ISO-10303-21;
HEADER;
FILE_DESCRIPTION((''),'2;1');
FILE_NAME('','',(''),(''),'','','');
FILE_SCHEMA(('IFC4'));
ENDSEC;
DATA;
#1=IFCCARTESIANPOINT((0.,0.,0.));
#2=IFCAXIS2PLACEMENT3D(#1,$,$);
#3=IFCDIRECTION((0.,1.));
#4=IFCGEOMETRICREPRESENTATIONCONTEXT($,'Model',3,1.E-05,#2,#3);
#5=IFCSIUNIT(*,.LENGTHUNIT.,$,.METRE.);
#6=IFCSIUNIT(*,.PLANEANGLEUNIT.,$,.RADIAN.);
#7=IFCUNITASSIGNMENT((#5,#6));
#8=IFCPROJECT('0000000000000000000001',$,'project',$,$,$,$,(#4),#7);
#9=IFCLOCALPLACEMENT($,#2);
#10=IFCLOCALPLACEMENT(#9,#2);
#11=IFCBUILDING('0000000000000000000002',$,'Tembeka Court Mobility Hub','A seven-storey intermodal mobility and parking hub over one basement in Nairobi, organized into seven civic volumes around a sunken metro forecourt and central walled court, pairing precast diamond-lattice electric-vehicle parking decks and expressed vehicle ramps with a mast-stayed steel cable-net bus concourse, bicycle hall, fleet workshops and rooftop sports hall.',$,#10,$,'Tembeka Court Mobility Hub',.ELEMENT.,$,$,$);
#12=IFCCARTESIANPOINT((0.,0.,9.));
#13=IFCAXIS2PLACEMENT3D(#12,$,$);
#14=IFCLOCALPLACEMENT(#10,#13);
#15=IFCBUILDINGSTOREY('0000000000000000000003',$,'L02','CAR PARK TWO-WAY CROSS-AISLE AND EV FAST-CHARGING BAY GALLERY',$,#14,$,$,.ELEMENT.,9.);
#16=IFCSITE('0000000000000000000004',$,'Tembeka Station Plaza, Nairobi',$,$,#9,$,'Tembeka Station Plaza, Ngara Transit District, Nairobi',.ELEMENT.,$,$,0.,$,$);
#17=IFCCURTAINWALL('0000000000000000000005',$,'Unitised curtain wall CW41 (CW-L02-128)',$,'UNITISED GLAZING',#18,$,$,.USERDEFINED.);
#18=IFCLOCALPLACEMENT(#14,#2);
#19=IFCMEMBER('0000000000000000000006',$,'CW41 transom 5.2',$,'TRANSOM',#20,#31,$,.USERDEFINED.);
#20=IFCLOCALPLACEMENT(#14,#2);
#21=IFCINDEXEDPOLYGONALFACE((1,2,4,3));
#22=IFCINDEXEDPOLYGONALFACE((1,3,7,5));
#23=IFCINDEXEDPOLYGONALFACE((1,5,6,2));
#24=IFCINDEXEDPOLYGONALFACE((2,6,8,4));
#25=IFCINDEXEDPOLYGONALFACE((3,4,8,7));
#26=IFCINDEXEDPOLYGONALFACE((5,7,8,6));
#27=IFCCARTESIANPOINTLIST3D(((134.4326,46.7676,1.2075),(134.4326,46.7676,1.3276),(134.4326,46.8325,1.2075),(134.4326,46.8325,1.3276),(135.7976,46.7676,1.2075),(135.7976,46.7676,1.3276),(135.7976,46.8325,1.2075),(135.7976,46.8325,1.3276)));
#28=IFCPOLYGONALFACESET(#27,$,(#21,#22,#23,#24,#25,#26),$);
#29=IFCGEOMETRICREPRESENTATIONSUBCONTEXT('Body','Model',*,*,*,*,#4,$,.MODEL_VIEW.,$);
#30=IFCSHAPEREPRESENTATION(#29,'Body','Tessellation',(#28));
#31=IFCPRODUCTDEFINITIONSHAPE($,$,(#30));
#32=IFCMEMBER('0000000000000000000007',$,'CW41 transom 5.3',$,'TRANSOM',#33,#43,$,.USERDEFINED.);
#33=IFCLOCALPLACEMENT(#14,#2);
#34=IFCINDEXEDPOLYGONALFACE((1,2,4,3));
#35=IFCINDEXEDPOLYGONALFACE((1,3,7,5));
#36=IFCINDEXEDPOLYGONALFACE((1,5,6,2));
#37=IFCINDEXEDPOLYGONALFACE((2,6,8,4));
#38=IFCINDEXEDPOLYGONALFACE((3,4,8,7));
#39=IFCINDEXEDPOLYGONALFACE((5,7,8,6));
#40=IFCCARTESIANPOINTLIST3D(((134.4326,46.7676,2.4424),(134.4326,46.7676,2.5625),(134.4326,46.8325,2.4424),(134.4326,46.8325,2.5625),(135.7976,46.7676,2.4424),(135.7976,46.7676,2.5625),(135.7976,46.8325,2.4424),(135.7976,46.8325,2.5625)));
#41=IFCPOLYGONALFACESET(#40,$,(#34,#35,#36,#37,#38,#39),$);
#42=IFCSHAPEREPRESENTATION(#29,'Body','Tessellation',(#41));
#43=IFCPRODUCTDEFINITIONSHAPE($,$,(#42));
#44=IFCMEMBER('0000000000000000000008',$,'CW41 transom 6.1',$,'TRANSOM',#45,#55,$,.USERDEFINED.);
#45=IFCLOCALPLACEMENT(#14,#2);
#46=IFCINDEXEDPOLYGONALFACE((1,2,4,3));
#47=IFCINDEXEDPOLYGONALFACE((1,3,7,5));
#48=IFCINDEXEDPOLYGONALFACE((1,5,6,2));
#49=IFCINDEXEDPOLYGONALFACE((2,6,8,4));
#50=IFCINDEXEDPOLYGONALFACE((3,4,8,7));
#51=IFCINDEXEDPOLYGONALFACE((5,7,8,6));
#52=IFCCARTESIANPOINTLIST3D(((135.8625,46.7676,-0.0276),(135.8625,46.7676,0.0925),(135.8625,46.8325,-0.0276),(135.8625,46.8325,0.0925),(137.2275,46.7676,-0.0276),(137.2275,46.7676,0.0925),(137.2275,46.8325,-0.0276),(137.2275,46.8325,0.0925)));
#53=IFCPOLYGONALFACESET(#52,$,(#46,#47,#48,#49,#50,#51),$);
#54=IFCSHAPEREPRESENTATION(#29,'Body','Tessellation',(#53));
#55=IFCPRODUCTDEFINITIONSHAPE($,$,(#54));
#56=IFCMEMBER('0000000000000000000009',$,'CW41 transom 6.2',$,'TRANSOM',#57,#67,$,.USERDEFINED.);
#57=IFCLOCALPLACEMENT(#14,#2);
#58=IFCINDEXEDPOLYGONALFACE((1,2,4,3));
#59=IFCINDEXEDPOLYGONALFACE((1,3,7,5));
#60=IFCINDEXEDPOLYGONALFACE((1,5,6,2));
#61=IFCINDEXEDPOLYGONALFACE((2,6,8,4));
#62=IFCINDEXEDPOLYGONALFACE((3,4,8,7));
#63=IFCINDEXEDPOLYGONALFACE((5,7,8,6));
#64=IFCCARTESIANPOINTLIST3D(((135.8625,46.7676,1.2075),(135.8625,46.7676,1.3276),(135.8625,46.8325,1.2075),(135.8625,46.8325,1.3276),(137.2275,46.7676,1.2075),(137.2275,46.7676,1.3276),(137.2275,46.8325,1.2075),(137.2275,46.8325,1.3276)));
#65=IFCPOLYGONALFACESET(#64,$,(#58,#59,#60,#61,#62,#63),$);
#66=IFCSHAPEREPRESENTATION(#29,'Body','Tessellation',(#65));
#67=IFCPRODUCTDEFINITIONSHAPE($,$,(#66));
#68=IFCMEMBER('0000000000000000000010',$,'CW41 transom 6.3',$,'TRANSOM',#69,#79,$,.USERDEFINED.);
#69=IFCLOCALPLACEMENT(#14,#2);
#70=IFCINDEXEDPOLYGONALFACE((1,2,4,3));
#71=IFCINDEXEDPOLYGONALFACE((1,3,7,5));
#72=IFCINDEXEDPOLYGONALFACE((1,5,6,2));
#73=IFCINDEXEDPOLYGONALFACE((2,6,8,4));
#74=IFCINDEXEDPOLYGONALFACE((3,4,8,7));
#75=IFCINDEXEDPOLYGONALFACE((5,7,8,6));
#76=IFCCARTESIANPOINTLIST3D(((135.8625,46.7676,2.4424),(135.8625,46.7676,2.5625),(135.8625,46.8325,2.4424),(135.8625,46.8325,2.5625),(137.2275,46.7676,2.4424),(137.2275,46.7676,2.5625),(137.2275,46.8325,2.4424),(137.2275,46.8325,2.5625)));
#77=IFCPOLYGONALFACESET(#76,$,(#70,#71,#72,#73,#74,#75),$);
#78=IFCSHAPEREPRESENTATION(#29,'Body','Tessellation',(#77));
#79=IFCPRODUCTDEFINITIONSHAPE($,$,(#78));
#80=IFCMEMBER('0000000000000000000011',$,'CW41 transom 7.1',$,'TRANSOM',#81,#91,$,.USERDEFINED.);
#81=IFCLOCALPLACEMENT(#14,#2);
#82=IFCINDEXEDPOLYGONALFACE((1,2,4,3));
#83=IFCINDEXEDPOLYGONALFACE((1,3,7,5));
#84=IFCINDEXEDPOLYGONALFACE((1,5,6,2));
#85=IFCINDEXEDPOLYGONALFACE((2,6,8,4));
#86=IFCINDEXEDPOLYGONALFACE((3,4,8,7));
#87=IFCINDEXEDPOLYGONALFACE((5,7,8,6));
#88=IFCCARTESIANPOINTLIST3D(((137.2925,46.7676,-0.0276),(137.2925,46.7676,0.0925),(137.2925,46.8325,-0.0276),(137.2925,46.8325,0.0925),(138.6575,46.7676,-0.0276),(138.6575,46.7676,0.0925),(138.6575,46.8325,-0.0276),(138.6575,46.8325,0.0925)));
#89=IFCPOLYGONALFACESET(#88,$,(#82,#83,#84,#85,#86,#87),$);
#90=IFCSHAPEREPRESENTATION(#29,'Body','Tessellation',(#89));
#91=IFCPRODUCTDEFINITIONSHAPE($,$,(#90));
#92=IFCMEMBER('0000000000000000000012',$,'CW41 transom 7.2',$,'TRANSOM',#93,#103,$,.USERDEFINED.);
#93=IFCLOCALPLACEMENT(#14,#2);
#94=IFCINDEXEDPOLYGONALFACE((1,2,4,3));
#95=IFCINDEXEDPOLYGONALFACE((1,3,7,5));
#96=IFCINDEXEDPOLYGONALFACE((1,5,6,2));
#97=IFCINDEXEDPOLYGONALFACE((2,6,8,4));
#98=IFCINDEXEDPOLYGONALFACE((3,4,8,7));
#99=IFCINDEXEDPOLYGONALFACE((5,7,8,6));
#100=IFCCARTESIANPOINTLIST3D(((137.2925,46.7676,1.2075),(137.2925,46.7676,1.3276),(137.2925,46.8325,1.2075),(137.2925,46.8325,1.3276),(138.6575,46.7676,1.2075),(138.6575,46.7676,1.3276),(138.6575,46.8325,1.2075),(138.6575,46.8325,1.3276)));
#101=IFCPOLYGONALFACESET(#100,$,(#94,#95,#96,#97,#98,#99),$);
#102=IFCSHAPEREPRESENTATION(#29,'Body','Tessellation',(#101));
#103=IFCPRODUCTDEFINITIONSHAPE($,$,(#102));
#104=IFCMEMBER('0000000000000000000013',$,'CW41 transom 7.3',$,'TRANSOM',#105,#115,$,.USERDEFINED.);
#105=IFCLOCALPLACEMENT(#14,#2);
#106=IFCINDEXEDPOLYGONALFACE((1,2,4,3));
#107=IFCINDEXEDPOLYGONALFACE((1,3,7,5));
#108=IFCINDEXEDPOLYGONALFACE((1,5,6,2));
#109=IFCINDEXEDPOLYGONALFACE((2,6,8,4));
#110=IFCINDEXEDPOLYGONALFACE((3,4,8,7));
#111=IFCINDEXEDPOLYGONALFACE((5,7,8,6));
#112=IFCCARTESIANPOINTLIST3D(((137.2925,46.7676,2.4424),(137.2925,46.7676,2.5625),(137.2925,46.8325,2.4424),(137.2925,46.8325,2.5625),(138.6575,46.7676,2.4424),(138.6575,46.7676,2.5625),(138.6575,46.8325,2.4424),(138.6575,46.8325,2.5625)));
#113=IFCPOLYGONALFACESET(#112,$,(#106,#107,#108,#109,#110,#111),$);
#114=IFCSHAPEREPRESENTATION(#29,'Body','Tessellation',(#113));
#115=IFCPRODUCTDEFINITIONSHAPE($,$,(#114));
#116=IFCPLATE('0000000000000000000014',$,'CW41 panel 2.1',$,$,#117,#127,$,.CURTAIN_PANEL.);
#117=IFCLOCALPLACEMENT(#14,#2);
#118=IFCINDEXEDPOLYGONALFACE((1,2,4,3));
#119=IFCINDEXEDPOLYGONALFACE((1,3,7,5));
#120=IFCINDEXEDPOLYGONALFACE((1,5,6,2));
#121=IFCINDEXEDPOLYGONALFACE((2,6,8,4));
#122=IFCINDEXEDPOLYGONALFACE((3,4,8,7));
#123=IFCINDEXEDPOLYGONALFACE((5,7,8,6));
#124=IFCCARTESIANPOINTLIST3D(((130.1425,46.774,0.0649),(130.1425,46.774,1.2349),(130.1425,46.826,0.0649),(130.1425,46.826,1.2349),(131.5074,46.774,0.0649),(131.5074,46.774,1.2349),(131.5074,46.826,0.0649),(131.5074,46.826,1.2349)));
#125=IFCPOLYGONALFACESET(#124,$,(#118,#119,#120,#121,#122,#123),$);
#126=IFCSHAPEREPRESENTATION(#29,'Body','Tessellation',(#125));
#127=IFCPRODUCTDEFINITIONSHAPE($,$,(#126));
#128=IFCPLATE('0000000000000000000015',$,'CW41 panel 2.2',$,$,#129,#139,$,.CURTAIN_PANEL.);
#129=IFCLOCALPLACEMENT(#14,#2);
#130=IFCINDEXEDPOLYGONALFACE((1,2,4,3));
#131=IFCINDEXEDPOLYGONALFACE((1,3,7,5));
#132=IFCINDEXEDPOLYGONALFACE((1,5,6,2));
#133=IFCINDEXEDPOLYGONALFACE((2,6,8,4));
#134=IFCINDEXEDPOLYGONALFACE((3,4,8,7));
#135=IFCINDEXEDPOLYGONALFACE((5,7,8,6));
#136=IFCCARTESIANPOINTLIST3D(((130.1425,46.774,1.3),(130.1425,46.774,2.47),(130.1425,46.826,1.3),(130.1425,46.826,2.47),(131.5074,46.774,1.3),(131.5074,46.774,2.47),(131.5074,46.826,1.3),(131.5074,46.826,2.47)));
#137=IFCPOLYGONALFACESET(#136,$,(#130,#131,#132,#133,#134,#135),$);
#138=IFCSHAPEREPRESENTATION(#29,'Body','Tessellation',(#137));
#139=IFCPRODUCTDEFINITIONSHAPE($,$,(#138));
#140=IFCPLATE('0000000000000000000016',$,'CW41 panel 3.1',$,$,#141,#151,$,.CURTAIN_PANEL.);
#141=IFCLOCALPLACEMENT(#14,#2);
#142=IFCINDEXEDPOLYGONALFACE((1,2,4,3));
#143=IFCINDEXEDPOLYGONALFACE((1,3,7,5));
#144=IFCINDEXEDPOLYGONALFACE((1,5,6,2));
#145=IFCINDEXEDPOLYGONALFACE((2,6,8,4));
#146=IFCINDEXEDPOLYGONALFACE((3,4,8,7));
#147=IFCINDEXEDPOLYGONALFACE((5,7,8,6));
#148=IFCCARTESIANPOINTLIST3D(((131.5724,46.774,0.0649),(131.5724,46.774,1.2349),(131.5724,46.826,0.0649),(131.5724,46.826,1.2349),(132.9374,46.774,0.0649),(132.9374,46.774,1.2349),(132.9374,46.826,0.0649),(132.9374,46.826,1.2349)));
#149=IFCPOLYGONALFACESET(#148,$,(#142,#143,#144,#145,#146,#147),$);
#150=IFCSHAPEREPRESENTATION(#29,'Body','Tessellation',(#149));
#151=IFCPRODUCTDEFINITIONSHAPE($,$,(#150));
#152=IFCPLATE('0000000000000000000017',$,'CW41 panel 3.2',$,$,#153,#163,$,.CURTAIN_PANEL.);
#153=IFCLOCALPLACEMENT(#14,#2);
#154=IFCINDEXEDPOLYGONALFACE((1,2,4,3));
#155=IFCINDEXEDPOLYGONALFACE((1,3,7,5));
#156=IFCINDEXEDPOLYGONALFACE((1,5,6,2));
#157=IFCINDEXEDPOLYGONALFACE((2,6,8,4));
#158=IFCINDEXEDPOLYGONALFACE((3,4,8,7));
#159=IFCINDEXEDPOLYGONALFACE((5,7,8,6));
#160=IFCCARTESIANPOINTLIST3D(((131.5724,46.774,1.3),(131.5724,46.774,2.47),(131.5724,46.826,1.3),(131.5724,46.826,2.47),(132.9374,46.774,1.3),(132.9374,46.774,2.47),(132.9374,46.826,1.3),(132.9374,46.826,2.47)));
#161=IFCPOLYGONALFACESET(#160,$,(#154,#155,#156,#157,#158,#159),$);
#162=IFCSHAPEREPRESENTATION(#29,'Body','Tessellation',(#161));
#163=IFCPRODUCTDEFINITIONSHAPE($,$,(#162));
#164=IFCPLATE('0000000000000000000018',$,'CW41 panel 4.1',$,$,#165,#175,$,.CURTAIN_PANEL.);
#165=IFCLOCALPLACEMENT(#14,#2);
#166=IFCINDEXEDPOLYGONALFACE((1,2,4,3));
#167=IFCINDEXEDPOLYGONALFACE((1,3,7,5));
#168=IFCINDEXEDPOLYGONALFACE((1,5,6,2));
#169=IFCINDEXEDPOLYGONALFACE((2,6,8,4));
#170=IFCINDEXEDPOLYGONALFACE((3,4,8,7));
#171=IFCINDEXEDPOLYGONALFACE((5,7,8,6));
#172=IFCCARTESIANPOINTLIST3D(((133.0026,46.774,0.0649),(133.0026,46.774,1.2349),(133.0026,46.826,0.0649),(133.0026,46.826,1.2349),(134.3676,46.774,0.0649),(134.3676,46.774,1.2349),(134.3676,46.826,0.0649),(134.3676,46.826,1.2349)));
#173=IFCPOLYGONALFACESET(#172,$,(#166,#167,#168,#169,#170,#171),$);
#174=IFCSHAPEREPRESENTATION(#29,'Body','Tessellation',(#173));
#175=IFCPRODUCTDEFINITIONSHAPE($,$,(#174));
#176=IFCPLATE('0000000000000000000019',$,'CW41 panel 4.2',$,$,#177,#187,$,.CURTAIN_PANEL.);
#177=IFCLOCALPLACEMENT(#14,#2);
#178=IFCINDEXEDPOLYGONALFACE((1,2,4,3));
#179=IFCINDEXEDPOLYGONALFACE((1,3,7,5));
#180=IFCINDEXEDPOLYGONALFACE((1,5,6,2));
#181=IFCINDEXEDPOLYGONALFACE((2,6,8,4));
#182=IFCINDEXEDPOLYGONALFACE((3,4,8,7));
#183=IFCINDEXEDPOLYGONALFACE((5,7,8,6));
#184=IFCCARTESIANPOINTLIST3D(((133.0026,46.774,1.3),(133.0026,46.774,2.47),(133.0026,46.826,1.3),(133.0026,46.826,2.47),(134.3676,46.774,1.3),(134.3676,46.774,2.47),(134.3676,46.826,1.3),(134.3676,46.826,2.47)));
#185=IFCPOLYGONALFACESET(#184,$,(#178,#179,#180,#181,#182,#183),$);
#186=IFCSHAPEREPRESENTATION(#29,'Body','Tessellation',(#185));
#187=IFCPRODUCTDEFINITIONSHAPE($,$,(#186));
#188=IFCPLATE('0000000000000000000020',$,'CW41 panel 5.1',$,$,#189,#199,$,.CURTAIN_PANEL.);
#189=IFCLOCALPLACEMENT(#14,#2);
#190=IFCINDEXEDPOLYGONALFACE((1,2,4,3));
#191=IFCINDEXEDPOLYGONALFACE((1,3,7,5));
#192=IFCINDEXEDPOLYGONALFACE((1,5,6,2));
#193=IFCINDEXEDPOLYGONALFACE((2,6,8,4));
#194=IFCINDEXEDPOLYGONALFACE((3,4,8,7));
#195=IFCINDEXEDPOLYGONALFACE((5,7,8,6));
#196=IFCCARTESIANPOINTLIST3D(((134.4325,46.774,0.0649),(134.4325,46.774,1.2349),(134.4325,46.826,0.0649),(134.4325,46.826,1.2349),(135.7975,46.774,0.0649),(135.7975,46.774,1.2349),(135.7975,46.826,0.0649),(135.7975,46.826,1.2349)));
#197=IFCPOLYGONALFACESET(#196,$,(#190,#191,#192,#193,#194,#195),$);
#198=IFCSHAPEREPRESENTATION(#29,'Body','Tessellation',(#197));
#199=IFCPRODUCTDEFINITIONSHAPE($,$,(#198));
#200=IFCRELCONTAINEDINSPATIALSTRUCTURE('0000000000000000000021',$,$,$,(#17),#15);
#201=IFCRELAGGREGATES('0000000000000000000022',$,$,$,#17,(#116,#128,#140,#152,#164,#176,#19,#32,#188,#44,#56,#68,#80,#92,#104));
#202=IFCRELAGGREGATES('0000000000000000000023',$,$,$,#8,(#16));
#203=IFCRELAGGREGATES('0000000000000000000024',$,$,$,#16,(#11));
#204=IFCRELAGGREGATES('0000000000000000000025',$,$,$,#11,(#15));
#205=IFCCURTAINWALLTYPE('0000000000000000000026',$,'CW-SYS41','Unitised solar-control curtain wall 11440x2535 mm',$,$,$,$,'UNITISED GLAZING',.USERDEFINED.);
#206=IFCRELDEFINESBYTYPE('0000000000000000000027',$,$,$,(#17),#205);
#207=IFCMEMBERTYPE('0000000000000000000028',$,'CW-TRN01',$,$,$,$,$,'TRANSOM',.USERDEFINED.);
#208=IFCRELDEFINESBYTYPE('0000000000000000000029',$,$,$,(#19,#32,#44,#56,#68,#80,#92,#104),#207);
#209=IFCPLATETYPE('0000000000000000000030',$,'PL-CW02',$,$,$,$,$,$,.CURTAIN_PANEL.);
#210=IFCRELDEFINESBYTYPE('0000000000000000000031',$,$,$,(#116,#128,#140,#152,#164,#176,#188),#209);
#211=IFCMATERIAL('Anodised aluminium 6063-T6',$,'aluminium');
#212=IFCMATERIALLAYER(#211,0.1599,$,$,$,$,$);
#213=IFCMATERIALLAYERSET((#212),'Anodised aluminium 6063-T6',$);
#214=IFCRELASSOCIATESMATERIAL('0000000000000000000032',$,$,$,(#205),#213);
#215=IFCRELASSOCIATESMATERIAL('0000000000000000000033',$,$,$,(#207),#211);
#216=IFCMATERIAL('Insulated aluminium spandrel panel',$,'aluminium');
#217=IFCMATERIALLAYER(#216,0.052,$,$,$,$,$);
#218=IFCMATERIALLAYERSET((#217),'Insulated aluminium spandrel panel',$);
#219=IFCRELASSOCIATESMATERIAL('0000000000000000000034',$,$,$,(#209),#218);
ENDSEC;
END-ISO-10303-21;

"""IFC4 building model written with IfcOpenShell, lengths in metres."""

from ifc_helpers import new_model, si_unit, direction, frame, origin, origin_2d, place, context, subcontext, project, spatial, rectangle, extrude, material, layer, layer_set, material_profile, profile_set, type_object, element, aggregate, save


model = new_model("IFC4")

# Units and contexts
model_context = context("Model", 3, precision=1e-05, world=origin(), true_north=direction((0.0, 1.0)))
body_context = subcontext(model_context, "Body", "Model", "MODEL_VIEW")
ifc_project = project(units=[si_unit("LENGTHUNIT", "METRE"), si_unit("PLANEANGLEUNIT", "RADIAN")], contexts=[model_context])

# Site, building, storey
site_placement = place(None, origin())
site = spatial("IfcSite", under=ifc_project, at=site_placement, Name="Tembeka Station Plaza, Nairobi", LongName="Tembeka Station Plaza, Ngara Transit District, Nairobi", CompositionType="ELEMENT", RefElevation=0.0)
building_placement = place(site_placement, origin())
building = spatial("IfcBuilding", under=site, at=building_placement, Name="Tembeka Court Mobility Hub", Description="A seven-storey intermodal mobility and parking hub over one basement in Nairobi, organized into seven civic volumes around a sunken metro forecourt and central walled court, pairing precast diamond-lattice electric-vehicle parking decks and expressed vehicle ramps with a mast-stayed steel cable-net bus concourse, bicycle hall, fleet workshops and rooftop sports hall.", LongName="Tembeka Court Mobility Hub", CompositionType="ELEMENT")
storey_placement = place(building_placement, frame((0.0, 0.0, 9.0)))
storey = spatial("IfcBuildingStorey", under=building, at=storey_placement, Name="L02", Description="CAR PARK TWO-WAY CROSS-AISLE AND EV FAST-CHARGING BAY GALLERY", CompositionType="ELEMENT", Elevation=9.0)

# Curtain wall, members, plates
ifc_material_1 = material(Name="Anodised aluminium 6063-T6", Category="aluminium")
ifc_layer_1 = layer(ifc_material_1, 0.1599)
ifc_layer_set_1 = layer_set([ifc_layer_1], Name="Anodised aluminium 6063-T6")
curtain_wall_type = type_object("IfcCurtainWallType", Name="CW-SYS41", Description="Unitised solar-control curtain wall 11440x2535 mm", ElementType="UNITISED GLAZING", PredefinedType="USERDEFINED", material=ifc_layer_set_1)
curtain_wall_placement = place(storey_placement, origin())
curtain_wall = element("IfcCurtainWall", 1, at=curtain_wall_placement, inside=storey, type_object=curtain_wall_type, Name="Unitised curtain wall CW41 (CW-L02-128)", ObjectType="UNITISED GLAZING", PredefinedType="USERDEFINED")
ifc_material_profile_1 = material_profile(ifc_material_1, rectangle(XDim=0.0649, YDim=0.1201, at=origin_2d()), Name="ALU-TRN 65x120")
ifc_profile_set_1 = profile_set([ifc_material_profile_1], Name="Anodised aluminium 6063-T6")
member_type_1 = type_object("IfcMemberType", Name="CW-TRN01", ElementType="TRANSOM", PredefinedType="USERDEFINED", material=ifc_profile_set_1)
member_1_placement = place(storey_placement, frame((134.4326, 46.8, 1.2676), z_axis=(1.0, 0.0, 0.0), x_axis=(0.0, 1.0, 0.0)))
member_1 = element("IfcMember", 2, at=member_1_placement, type_object=member_type_1, Name="CW41 transom 5.2", ObjectType="TRANSOM", PredefinedType="USERDEFINED", context=body_context, shape_type="SweptSolid", body=[
    extrude(rectangle(XDim=0.0649, YDim=0.1201, at=origin_2d()), origin(), (0.0, 0.0, 1.0), 1.365),
])
member_2_placement = place(storey_placement, frame((134.4326, 46.8, 2.5024), z_axis=(1.0, 0.0, 0.0), x_axis=(0.0, 1.0, 0.0)))
member_2 = element("IfcMember", 3, at=member_2_placement, type_object=member_type_1, Name="CW41 transom 5.3", ObjectType="TRANSOM", PredefinedType="USERDEFINED", context=body_context, shape_type="SweptSolid", body=[
    extrude(rectangle(XDim=0.0649, YDim=0.1201, at=origin_2d()), origin(), (0.0, 0.0, 1.0), 1.365),
])
member_3_placement = place(storey_placement, frame((135.8625, 46.8, 0.0325), z_axis=(1.0, 0.0, 0.0), x_axis=(0.0, 1.0, 0.0)))
member_3 = element("IfcMember", 4, at=member_3_placement, type_object=member_type_1, Name="CW41 transom 6.1", ObjectType="TRANSOM", PredefinedType="USERDEFINED", context=body_context, shape_type="SweptSolid", body=[
    extrude(rectangle(XDim=0.0649, YDim=0.1201, at=origin_2d()), origin(), (0.0, 0.0, 1.0), 1.365),
])
member_4_placement = place(storey_placement, frame((135.8625, 46.8, 1.2676), z_axis=(1.0, 0.0, 0.0), x_axis=(0.0, 1.0, 0.0)))
member_4 = element("IfcMember", 5, at=member_4_placement, type_object=member_type_1, Name="CW41 transom 6.2", ObjectType="TRANSOM", PredefinedType="USERDEFINED", context=body_context, shape_type="SweptSolid", body=[
    extrude(rectangle(XDim=0.0649, YDim=0.1201, at=origin_2d()), origin(), (0.0, 0.0, 1.0), 1.365),
])
member_5_placement = place(storey_placement, frame((135.8625, 46.8, 2.5024), z_axis=(1.0, 0.0, 0.0), x_axis=(0.0, 1.0, 0.0)))
member_5 = element("IfcMember", 6, at=member_5_placement, type_object=member_type_1, Name="CW41 transom 6.3", ObjectType="TRANSOM", PredefinedType="USERDEFINED", context=body_context, shape_type="SweptSolid", body=[
    extrude(rectangle(XDim=0.0649, YDim=0.1201, at=origin_2d()), origin(), (0.0, 0.0, 1.0), 1.365),
])
member_6_placement = place(storey_placement, frame((137.2925, 46.8, 0.0325), z_axis=(1.0, 0.0, 0.0), x_axis=(0.0, 1.0, 0.0)))
member_6 = element("IfcMember", 7, at=member_6_placement, type_object=member_type_1, Name="CW41 transom 7.1", ObjectType="TRANSOM", PredefinedType="USERDEFINED", context=body_context, shape_type="SweptSolid", body=[
    extrude(rectangle(XDim=0.0649, YDim=0.1201, at=origin_2d()), origin(), (0.0, 0.0, 1.0), 1.365),
])
member_7_placement = place(storey_placement, frame((137.2925, 46.8, 1.2676), z_axis=(1.0, 0.0, 0.0), x_axis=(0.0, 1.0, 0.0)))
member_7 = element("IfcMember", 8, at=member_7_placement, type_object=member_type_1, Name="CW41 transom 7.2", ObjectType="TRANSOM", PredefinedType="USERDEFINED", context=body_context, shape_type="SweptSolid", body=[
    extrude(rectangle(XDim=0.0649, YDim=0.1201, at=origin_2d()), origin(), (0.0, 0.0, 1.0), 1.365),
])
member_8_placement = place(storey_placement, frame((137.2925, 46.8, 2.5024), z_axis=(1.0, 0.0, 0.0), x_axis=(0.0, 1.0, 0.0)))
member_8 = element("IfcMember", 9, at=member_8_placement, type_object=member_type_1, Name="CW41 transom 7.3", ObjectType="TRANSOM", PredefinedType="USERDEFINED", context=body_context, shape_type="SweptSolid", body=[
    extrude(rectangle(XDim=0.0649, YDim=0.1201, at=origin_2d()), origin(), (0.0, 0.0, 1.0), 1.365),
])
ifc_material_2 = material(Name="Insulated aluminium spandrel panel", Category="aluminium")
ifc_layer_2 = layer(ifc_material_2, 0.052)
ifc_layer_set_2 = layer_set([ifc_layer_2], Name="Insulated aluminium spandrel panel")
plate_type = type_object("IfcPlateType", Name="PL-CW02", PredefinedType="CURTAIN_PANEL", material=ifc_layer_set_2)
plate_1_placement = place(storey_placement, frame((130.825, 46.8, 0.0649), z_axis=(0.0, 0.0, 1.0), x_axis=(1.0, 0.0, 0.0)))
plate_1 = element("IfcPlate", 10, at=plate_1_placement, type_object=plate_type, Name="CW41 panel 2.1", PredefinedType="CURTAIN_PANEL", context=body_context, shape_type="SweptSolid", body=[
    extrude(rectangle(XDim=1.365, YDim=0.052, at=origin_2d()), origin(), (0.0, 0.0, 1.0), 1.1699),
])
plate_2_placement = place(storey_placement, frame((130.825, 46.8, 1.3), z_axis=(0.0, 0.0, 1.0), x_axis=(1.0, 0.0, 0.0)))
plate_2 = element("IfcPlate", 11, at=plate_2_placement, type_object=plate_type, Name="CW41 panel 2.2", PredefinedType="CURTAIN_PANEL", context=body_context, shape_type="SweptSolid", body=[
    extrude(rectangle(XDim=1.365, YDim=0.052, at=origin_2d()), origin(), (0.0, 0.0, 1.0), 1.1699),
])
plate_3_placement = place(storey_placement, frame((132.2549, 46.8, 0.0649), z_axis=(0.0, 0.0, 1.0), x_axis=(1.0, 0.0, 0.0)))
plate_3 = element("IfcPlate", 12, at=plate_3_placement, type_object=plate_type, Name="CW41 panel 3.1", PredefinedType="CURTAIN_PANEL", context=body_context, shape_type="SweptSolid", body=[
    extrude(rectangle(XDim=1.365, YDim=0.052, at=origin_2d()), origin(), (0.0, 0.0, 1.0), 1.1699),
])
plate_4_placement = place(storey_placement, frame((132.2549, 46.8, 1.3), z_axis=(0.0, 0.0, 1.0), x_axis=(1.0, 0.0, 0.0)))
plate_4 = element("IfcPlate", 13, at=plate_4_placement, type_object=plate_type, Name="CW41 panel 3.2", PredefinedType="CURTAIN_PANEL", context=body_context, shape_type="SweptSolid", body=[
    extrude(rectangle(XDim=1.365, YDim=0.052, at=origin_2d()), origin(), (0.0, 0.0, 1.0), 1.1699),
])
plate_5_placement = place(storey_placement, frame((133.6851, 46.8, 0.0649), z_axis=(0.0, 0.0, 1.0), x_axis=(1.0, 0.0, 0.0)))
plate_5 = element("IfcPlate", 14, at=plate_5_placement, type_object=plate_type, Name="CW41 panel 4.1", PredefinedType="CURTAIN_PANEL", context=body_context, shape_type="SweptSolid", body=[
    extrude(rectangle(XDim=1.365, YDim=0.052, at=origin_2d()), origin(), (0.0, 0.0, 1.0), 1.1699),
])
plate_6_placement = place(storey_placement, frame((133.6851, 46.8, 1.3), z_axis=(0.0, 0.0, 1.0), x_axis=(1.0, 0.0, 0.0)))
plate_6 = element("IfcPlate", 15, at=plate_6_placement, type_object=plate_type, Name="CW41 panel 4.2", PredefinedType="CURTAIN_PANEL", context=body_context, shape_type="SweptSolid", body=[
    extrude(rectangle(XDim=1.365, YDim=0.052, at=origin_2d()), origin(), (0.0, 0.0, 1.0), 1.1699),
])
plate_7_placement = place(storey_placement, frame((135.115, 46.8, 0.0649), z_axis=(0.0, 0.0, 1.0), x_axis=(1.0, 0.0, 0.0)))
plate_7 = element("IfcPlate", 16, at=plate_7_placement, type_object=plate_type, Name="CW41 panel 5.1", PredefinedType="CURTAIN_PANEL", context=body_context, shape_type="SweptSolid", body=[
    extrude(rectangle(XDim=1.365, YDim=0.052, at=origin_2d()), origin(), (0.0, 0.0, 1.0), 1.1699),
])
aggregate(curtain_wall, [plate_1, plate_2, plate_3, plate_4, plate_5, plate_6, member_1, member_2, plate_7, member_3, member_4, member_5, member_6, member_7, member_8])

save(model, "model.ifc")
